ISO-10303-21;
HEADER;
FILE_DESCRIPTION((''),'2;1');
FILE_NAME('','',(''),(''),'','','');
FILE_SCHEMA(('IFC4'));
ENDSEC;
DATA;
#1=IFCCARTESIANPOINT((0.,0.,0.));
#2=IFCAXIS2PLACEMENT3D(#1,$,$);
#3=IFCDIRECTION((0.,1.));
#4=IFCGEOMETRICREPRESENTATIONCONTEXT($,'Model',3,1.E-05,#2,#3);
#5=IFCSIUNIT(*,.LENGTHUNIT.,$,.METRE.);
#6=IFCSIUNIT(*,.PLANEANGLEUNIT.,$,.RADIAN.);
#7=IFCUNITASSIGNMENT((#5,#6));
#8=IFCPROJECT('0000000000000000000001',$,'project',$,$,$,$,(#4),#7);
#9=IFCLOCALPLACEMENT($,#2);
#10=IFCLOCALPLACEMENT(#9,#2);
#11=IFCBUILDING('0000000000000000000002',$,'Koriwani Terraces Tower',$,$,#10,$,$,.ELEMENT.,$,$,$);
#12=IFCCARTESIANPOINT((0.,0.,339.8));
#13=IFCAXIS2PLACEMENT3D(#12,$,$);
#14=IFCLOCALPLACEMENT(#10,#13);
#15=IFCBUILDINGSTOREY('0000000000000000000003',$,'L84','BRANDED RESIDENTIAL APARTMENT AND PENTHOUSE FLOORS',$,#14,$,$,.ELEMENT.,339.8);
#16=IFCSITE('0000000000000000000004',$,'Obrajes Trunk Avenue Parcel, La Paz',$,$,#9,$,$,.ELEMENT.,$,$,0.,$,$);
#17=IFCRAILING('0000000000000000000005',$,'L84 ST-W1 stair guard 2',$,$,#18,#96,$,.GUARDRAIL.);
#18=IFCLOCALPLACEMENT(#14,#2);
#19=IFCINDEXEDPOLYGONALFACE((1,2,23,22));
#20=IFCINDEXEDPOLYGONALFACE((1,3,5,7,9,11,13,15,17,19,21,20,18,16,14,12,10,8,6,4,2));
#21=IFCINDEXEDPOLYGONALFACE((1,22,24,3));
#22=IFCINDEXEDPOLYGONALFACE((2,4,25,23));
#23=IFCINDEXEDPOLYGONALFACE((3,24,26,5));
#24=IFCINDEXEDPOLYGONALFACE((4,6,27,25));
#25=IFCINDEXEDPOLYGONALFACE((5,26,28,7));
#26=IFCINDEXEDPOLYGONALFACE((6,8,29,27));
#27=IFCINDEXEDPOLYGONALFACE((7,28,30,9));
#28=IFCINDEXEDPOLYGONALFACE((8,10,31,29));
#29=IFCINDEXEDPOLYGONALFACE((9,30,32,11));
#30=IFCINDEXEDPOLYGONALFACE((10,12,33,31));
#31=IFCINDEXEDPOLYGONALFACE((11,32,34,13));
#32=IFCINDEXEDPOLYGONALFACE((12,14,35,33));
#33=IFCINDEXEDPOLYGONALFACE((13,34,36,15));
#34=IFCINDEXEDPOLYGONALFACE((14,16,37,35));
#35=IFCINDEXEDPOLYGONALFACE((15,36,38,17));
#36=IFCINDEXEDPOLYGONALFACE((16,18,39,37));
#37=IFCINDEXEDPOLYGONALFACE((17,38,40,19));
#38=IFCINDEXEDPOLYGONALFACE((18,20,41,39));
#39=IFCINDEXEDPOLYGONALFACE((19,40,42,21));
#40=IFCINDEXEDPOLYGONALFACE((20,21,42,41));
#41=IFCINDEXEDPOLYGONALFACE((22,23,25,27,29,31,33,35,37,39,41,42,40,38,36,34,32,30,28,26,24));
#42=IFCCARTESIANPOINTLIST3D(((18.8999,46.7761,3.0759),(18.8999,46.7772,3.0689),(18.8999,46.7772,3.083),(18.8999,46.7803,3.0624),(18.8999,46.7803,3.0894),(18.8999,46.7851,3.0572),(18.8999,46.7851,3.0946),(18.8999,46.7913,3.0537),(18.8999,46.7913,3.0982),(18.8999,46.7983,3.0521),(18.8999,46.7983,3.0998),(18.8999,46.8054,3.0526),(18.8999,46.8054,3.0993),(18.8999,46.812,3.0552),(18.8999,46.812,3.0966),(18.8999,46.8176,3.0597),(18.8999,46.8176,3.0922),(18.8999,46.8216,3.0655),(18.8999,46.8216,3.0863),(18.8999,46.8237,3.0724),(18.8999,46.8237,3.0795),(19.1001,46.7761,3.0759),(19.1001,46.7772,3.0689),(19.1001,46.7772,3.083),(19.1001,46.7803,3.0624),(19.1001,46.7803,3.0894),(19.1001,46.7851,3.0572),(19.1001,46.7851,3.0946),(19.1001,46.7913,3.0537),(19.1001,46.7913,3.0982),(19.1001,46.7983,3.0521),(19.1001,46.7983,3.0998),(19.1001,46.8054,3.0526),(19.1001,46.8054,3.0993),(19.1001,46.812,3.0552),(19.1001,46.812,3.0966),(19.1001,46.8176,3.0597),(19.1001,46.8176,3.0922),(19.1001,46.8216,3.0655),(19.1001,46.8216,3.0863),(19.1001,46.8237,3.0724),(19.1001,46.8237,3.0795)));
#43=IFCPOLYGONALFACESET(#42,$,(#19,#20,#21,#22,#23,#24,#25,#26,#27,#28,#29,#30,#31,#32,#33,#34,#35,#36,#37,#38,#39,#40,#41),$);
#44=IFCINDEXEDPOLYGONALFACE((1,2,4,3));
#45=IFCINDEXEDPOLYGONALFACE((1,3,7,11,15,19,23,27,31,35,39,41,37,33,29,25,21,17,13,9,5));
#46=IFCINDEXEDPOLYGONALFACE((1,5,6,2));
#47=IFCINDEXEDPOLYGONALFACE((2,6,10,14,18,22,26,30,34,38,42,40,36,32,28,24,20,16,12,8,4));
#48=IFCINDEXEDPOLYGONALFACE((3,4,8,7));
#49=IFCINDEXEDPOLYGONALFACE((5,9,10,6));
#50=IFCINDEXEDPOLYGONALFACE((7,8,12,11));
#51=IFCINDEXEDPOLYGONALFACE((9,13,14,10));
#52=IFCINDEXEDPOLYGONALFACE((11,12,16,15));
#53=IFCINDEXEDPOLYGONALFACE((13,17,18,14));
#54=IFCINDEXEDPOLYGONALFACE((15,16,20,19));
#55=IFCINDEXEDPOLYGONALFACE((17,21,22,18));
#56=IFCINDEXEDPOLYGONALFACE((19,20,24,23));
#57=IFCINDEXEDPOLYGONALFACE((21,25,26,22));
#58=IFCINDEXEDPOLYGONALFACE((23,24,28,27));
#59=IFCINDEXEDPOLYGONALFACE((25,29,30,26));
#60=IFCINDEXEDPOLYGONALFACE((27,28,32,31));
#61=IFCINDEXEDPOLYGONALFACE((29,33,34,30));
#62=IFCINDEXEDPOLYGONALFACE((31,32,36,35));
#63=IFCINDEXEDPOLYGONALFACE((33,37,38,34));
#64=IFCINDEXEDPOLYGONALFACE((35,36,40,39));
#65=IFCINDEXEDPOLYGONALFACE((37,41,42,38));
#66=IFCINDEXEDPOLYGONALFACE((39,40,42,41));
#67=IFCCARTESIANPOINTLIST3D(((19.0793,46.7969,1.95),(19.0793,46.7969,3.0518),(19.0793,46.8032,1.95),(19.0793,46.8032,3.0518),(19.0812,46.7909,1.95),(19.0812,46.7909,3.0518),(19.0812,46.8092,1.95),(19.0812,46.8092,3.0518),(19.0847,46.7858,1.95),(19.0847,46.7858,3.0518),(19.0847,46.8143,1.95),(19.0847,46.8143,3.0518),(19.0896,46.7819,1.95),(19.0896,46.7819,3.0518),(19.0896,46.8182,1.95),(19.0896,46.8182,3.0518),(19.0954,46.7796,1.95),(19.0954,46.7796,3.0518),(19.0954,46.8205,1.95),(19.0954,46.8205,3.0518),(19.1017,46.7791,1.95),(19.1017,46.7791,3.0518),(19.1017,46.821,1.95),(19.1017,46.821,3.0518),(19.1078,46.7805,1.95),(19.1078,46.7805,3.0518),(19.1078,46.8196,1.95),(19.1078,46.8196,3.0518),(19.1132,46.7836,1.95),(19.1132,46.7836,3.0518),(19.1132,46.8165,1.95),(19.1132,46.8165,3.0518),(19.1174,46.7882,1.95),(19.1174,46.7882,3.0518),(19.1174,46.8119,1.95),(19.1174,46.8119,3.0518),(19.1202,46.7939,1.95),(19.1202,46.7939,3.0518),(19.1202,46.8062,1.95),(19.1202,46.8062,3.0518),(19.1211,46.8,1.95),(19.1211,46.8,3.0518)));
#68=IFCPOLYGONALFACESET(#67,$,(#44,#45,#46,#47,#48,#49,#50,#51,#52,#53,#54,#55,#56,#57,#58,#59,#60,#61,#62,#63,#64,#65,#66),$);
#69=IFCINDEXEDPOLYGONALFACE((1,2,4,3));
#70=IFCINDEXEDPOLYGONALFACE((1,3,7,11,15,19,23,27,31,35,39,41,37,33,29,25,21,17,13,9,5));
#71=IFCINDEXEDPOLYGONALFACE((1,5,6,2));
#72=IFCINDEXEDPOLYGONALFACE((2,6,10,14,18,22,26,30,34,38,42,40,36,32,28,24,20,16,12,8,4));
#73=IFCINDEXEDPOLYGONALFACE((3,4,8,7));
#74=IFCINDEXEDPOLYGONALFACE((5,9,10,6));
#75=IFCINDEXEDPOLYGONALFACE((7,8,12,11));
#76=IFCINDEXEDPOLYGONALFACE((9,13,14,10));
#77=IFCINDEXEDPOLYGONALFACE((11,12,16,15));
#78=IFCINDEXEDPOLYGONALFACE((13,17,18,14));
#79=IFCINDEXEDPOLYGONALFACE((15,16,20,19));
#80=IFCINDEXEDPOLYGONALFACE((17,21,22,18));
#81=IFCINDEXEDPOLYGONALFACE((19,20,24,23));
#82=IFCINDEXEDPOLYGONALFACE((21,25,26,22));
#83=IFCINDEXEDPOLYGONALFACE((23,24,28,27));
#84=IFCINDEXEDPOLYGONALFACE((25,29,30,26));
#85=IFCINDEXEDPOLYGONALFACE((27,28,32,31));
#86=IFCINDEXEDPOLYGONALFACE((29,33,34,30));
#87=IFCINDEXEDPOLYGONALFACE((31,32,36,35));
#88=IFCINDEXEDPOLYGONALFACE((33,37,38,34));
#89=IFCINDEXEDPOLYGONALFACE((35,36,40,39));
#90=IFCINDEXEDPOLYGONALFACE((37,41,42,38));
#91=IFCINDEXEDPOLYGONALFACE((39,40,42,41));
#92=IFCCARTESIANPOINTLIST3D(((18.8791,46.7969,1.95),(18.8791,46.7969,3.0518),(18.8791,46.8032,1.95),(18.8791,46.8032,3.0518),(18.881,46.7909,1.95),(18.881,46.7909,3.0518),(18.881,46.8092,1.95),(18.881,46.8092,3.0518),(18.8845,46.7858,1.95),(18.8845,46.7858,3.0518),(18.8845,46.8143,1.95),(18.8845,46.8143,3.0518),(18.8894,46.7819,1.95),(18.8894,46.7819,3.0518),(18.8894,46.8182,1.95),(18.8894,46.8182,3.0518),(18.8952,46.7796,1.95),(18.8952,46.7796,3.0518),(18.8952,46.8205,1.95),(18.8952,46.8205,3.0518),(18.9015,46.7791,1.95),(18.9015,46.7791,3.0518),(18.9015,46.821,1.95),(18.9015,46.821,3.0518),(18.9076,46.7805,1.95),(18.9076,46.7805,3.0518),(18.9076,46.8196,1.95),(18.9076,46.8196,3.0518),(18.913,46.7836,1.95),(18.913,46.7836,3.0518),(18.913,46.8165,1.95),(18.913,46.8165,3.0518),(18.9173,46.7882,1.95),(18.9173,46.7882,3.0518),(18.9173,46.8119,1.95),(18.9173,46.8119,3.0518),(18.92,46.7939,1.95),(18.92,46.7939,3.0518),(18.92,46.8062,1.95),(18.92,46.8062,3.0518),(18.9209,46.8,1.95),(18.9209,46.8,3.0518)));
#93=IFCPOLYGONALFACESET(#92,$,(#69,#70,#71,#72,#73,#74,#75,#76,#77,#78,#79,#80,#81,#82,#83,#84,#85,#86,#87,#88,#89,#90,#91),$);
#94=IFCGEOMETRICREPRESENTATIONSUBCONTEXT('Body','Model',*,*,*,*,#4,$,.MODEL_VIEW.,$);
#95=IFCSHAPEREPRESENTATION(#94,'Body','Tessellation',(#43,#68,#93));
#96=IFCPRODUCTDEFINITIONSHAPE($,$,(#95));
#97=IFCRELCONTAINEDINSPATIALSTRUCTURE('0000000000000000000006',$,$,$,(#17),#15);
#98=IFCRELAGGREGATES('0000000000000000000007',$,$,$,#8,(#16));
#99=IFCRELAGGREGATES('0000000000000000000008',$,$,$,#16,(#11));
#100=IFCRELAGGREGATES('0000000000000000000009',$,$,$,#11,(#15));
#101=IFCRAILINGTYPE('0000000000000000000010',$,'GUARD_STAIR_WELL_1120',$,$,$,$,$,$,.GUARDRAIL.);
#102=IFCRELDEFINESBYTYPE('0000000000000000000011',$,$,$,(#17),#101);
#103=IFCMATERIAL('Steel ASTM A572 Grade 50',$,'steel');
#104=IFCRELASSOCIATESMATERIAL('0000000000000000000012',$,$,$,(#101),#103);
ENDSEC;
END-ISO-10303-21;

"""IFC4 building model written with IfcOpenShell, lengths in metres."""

from ifc_helpers import new_model, si_unit, direction, frame, origin, origin_2d, place, context, subcontext, project, spatial, circle, extrude, material, type_object, element, save


model = new_model("IFC4")

# Units and contexts
model_context = context("Model", 3, precision=1e-05, world=origin(), true_north=direction((0.0, 1.0)))
body_context = subcontext(model_context, "Body", "Model", "MODEL_VIEW")
ifc_project = project(units=[si_unit("LENGTHUNIT", "METRE"), si_unit("PLANEANGLEUNIT", "RADIAN")], contexts=[model_context])

# Site, building, storey
site_placement = place(None, origin())
site = spatial("IfcSite", under=ifc_project, at=site_placement, Name="Obrajes Trunk Avenue Parcel, La Paz", CompositionType="ELEMENT", RefElevation=0.0)
building_placement = place(site_placement, origin())
building = spatial("IfcBuilding", under=site, at=building_placement, Name="Koriwani Terraces Tower", CompositionType="ELEMENT")
storey_placement = place(building_placement, frame((0.0, 0.0, 339.8)))
storey = spatial("IfcBuildingStorey", under=building, at=storey_placement, Name="L84", Description="BRANDED RESIDENTIAL APARTMENT AND PENTHOUSE FLOORS", CompositionType="ELEMENT", Elevation=339.8)

# Shared definitions
ifc_material_1 = material(Name="Steel ASTM A572 Grade 50", Category="steel")

# Railing
railing_type_1 = type_object("IfcRailingType", Name="GUARD_STAIR_WELL_1120", PredefinedType="GUARDRAIL", material=ifc_material_1)
railing_1_placement = place(storey_placement, frame((19.1001, 46.8, 1.95)))
element("IfcRailing", 1, at=railing_1_placement, inside=storey, type_object=railing_type_1, Name="L84 ST-W1 stair guard 2", PredefinedType="GUARDRAIL", context=body_context, shape_type="SweptSolid", body=[
    extrude(circle(Radius=0.0239, at=origin_2d()), frame((0.0, 0.0, 1.126), z_axis=(-1.0, 0.0, 0.0), x_axis=(0.0, -1.0, 0.0)), (0.0, 0.0, 1.0), 0.2002),
    extrude(circle(Radius=0.021, at=origin_2d()), origin(), (0.0, 0.0, 1.0), 1.1018),
    extrude(circle(Radius=0.021, at=origin_2d()), frame((-0.2002, 0.0, 0.0)), (0.0, 0.0, 1.0), 1.1018),
])

save(model, "model.ifc")
